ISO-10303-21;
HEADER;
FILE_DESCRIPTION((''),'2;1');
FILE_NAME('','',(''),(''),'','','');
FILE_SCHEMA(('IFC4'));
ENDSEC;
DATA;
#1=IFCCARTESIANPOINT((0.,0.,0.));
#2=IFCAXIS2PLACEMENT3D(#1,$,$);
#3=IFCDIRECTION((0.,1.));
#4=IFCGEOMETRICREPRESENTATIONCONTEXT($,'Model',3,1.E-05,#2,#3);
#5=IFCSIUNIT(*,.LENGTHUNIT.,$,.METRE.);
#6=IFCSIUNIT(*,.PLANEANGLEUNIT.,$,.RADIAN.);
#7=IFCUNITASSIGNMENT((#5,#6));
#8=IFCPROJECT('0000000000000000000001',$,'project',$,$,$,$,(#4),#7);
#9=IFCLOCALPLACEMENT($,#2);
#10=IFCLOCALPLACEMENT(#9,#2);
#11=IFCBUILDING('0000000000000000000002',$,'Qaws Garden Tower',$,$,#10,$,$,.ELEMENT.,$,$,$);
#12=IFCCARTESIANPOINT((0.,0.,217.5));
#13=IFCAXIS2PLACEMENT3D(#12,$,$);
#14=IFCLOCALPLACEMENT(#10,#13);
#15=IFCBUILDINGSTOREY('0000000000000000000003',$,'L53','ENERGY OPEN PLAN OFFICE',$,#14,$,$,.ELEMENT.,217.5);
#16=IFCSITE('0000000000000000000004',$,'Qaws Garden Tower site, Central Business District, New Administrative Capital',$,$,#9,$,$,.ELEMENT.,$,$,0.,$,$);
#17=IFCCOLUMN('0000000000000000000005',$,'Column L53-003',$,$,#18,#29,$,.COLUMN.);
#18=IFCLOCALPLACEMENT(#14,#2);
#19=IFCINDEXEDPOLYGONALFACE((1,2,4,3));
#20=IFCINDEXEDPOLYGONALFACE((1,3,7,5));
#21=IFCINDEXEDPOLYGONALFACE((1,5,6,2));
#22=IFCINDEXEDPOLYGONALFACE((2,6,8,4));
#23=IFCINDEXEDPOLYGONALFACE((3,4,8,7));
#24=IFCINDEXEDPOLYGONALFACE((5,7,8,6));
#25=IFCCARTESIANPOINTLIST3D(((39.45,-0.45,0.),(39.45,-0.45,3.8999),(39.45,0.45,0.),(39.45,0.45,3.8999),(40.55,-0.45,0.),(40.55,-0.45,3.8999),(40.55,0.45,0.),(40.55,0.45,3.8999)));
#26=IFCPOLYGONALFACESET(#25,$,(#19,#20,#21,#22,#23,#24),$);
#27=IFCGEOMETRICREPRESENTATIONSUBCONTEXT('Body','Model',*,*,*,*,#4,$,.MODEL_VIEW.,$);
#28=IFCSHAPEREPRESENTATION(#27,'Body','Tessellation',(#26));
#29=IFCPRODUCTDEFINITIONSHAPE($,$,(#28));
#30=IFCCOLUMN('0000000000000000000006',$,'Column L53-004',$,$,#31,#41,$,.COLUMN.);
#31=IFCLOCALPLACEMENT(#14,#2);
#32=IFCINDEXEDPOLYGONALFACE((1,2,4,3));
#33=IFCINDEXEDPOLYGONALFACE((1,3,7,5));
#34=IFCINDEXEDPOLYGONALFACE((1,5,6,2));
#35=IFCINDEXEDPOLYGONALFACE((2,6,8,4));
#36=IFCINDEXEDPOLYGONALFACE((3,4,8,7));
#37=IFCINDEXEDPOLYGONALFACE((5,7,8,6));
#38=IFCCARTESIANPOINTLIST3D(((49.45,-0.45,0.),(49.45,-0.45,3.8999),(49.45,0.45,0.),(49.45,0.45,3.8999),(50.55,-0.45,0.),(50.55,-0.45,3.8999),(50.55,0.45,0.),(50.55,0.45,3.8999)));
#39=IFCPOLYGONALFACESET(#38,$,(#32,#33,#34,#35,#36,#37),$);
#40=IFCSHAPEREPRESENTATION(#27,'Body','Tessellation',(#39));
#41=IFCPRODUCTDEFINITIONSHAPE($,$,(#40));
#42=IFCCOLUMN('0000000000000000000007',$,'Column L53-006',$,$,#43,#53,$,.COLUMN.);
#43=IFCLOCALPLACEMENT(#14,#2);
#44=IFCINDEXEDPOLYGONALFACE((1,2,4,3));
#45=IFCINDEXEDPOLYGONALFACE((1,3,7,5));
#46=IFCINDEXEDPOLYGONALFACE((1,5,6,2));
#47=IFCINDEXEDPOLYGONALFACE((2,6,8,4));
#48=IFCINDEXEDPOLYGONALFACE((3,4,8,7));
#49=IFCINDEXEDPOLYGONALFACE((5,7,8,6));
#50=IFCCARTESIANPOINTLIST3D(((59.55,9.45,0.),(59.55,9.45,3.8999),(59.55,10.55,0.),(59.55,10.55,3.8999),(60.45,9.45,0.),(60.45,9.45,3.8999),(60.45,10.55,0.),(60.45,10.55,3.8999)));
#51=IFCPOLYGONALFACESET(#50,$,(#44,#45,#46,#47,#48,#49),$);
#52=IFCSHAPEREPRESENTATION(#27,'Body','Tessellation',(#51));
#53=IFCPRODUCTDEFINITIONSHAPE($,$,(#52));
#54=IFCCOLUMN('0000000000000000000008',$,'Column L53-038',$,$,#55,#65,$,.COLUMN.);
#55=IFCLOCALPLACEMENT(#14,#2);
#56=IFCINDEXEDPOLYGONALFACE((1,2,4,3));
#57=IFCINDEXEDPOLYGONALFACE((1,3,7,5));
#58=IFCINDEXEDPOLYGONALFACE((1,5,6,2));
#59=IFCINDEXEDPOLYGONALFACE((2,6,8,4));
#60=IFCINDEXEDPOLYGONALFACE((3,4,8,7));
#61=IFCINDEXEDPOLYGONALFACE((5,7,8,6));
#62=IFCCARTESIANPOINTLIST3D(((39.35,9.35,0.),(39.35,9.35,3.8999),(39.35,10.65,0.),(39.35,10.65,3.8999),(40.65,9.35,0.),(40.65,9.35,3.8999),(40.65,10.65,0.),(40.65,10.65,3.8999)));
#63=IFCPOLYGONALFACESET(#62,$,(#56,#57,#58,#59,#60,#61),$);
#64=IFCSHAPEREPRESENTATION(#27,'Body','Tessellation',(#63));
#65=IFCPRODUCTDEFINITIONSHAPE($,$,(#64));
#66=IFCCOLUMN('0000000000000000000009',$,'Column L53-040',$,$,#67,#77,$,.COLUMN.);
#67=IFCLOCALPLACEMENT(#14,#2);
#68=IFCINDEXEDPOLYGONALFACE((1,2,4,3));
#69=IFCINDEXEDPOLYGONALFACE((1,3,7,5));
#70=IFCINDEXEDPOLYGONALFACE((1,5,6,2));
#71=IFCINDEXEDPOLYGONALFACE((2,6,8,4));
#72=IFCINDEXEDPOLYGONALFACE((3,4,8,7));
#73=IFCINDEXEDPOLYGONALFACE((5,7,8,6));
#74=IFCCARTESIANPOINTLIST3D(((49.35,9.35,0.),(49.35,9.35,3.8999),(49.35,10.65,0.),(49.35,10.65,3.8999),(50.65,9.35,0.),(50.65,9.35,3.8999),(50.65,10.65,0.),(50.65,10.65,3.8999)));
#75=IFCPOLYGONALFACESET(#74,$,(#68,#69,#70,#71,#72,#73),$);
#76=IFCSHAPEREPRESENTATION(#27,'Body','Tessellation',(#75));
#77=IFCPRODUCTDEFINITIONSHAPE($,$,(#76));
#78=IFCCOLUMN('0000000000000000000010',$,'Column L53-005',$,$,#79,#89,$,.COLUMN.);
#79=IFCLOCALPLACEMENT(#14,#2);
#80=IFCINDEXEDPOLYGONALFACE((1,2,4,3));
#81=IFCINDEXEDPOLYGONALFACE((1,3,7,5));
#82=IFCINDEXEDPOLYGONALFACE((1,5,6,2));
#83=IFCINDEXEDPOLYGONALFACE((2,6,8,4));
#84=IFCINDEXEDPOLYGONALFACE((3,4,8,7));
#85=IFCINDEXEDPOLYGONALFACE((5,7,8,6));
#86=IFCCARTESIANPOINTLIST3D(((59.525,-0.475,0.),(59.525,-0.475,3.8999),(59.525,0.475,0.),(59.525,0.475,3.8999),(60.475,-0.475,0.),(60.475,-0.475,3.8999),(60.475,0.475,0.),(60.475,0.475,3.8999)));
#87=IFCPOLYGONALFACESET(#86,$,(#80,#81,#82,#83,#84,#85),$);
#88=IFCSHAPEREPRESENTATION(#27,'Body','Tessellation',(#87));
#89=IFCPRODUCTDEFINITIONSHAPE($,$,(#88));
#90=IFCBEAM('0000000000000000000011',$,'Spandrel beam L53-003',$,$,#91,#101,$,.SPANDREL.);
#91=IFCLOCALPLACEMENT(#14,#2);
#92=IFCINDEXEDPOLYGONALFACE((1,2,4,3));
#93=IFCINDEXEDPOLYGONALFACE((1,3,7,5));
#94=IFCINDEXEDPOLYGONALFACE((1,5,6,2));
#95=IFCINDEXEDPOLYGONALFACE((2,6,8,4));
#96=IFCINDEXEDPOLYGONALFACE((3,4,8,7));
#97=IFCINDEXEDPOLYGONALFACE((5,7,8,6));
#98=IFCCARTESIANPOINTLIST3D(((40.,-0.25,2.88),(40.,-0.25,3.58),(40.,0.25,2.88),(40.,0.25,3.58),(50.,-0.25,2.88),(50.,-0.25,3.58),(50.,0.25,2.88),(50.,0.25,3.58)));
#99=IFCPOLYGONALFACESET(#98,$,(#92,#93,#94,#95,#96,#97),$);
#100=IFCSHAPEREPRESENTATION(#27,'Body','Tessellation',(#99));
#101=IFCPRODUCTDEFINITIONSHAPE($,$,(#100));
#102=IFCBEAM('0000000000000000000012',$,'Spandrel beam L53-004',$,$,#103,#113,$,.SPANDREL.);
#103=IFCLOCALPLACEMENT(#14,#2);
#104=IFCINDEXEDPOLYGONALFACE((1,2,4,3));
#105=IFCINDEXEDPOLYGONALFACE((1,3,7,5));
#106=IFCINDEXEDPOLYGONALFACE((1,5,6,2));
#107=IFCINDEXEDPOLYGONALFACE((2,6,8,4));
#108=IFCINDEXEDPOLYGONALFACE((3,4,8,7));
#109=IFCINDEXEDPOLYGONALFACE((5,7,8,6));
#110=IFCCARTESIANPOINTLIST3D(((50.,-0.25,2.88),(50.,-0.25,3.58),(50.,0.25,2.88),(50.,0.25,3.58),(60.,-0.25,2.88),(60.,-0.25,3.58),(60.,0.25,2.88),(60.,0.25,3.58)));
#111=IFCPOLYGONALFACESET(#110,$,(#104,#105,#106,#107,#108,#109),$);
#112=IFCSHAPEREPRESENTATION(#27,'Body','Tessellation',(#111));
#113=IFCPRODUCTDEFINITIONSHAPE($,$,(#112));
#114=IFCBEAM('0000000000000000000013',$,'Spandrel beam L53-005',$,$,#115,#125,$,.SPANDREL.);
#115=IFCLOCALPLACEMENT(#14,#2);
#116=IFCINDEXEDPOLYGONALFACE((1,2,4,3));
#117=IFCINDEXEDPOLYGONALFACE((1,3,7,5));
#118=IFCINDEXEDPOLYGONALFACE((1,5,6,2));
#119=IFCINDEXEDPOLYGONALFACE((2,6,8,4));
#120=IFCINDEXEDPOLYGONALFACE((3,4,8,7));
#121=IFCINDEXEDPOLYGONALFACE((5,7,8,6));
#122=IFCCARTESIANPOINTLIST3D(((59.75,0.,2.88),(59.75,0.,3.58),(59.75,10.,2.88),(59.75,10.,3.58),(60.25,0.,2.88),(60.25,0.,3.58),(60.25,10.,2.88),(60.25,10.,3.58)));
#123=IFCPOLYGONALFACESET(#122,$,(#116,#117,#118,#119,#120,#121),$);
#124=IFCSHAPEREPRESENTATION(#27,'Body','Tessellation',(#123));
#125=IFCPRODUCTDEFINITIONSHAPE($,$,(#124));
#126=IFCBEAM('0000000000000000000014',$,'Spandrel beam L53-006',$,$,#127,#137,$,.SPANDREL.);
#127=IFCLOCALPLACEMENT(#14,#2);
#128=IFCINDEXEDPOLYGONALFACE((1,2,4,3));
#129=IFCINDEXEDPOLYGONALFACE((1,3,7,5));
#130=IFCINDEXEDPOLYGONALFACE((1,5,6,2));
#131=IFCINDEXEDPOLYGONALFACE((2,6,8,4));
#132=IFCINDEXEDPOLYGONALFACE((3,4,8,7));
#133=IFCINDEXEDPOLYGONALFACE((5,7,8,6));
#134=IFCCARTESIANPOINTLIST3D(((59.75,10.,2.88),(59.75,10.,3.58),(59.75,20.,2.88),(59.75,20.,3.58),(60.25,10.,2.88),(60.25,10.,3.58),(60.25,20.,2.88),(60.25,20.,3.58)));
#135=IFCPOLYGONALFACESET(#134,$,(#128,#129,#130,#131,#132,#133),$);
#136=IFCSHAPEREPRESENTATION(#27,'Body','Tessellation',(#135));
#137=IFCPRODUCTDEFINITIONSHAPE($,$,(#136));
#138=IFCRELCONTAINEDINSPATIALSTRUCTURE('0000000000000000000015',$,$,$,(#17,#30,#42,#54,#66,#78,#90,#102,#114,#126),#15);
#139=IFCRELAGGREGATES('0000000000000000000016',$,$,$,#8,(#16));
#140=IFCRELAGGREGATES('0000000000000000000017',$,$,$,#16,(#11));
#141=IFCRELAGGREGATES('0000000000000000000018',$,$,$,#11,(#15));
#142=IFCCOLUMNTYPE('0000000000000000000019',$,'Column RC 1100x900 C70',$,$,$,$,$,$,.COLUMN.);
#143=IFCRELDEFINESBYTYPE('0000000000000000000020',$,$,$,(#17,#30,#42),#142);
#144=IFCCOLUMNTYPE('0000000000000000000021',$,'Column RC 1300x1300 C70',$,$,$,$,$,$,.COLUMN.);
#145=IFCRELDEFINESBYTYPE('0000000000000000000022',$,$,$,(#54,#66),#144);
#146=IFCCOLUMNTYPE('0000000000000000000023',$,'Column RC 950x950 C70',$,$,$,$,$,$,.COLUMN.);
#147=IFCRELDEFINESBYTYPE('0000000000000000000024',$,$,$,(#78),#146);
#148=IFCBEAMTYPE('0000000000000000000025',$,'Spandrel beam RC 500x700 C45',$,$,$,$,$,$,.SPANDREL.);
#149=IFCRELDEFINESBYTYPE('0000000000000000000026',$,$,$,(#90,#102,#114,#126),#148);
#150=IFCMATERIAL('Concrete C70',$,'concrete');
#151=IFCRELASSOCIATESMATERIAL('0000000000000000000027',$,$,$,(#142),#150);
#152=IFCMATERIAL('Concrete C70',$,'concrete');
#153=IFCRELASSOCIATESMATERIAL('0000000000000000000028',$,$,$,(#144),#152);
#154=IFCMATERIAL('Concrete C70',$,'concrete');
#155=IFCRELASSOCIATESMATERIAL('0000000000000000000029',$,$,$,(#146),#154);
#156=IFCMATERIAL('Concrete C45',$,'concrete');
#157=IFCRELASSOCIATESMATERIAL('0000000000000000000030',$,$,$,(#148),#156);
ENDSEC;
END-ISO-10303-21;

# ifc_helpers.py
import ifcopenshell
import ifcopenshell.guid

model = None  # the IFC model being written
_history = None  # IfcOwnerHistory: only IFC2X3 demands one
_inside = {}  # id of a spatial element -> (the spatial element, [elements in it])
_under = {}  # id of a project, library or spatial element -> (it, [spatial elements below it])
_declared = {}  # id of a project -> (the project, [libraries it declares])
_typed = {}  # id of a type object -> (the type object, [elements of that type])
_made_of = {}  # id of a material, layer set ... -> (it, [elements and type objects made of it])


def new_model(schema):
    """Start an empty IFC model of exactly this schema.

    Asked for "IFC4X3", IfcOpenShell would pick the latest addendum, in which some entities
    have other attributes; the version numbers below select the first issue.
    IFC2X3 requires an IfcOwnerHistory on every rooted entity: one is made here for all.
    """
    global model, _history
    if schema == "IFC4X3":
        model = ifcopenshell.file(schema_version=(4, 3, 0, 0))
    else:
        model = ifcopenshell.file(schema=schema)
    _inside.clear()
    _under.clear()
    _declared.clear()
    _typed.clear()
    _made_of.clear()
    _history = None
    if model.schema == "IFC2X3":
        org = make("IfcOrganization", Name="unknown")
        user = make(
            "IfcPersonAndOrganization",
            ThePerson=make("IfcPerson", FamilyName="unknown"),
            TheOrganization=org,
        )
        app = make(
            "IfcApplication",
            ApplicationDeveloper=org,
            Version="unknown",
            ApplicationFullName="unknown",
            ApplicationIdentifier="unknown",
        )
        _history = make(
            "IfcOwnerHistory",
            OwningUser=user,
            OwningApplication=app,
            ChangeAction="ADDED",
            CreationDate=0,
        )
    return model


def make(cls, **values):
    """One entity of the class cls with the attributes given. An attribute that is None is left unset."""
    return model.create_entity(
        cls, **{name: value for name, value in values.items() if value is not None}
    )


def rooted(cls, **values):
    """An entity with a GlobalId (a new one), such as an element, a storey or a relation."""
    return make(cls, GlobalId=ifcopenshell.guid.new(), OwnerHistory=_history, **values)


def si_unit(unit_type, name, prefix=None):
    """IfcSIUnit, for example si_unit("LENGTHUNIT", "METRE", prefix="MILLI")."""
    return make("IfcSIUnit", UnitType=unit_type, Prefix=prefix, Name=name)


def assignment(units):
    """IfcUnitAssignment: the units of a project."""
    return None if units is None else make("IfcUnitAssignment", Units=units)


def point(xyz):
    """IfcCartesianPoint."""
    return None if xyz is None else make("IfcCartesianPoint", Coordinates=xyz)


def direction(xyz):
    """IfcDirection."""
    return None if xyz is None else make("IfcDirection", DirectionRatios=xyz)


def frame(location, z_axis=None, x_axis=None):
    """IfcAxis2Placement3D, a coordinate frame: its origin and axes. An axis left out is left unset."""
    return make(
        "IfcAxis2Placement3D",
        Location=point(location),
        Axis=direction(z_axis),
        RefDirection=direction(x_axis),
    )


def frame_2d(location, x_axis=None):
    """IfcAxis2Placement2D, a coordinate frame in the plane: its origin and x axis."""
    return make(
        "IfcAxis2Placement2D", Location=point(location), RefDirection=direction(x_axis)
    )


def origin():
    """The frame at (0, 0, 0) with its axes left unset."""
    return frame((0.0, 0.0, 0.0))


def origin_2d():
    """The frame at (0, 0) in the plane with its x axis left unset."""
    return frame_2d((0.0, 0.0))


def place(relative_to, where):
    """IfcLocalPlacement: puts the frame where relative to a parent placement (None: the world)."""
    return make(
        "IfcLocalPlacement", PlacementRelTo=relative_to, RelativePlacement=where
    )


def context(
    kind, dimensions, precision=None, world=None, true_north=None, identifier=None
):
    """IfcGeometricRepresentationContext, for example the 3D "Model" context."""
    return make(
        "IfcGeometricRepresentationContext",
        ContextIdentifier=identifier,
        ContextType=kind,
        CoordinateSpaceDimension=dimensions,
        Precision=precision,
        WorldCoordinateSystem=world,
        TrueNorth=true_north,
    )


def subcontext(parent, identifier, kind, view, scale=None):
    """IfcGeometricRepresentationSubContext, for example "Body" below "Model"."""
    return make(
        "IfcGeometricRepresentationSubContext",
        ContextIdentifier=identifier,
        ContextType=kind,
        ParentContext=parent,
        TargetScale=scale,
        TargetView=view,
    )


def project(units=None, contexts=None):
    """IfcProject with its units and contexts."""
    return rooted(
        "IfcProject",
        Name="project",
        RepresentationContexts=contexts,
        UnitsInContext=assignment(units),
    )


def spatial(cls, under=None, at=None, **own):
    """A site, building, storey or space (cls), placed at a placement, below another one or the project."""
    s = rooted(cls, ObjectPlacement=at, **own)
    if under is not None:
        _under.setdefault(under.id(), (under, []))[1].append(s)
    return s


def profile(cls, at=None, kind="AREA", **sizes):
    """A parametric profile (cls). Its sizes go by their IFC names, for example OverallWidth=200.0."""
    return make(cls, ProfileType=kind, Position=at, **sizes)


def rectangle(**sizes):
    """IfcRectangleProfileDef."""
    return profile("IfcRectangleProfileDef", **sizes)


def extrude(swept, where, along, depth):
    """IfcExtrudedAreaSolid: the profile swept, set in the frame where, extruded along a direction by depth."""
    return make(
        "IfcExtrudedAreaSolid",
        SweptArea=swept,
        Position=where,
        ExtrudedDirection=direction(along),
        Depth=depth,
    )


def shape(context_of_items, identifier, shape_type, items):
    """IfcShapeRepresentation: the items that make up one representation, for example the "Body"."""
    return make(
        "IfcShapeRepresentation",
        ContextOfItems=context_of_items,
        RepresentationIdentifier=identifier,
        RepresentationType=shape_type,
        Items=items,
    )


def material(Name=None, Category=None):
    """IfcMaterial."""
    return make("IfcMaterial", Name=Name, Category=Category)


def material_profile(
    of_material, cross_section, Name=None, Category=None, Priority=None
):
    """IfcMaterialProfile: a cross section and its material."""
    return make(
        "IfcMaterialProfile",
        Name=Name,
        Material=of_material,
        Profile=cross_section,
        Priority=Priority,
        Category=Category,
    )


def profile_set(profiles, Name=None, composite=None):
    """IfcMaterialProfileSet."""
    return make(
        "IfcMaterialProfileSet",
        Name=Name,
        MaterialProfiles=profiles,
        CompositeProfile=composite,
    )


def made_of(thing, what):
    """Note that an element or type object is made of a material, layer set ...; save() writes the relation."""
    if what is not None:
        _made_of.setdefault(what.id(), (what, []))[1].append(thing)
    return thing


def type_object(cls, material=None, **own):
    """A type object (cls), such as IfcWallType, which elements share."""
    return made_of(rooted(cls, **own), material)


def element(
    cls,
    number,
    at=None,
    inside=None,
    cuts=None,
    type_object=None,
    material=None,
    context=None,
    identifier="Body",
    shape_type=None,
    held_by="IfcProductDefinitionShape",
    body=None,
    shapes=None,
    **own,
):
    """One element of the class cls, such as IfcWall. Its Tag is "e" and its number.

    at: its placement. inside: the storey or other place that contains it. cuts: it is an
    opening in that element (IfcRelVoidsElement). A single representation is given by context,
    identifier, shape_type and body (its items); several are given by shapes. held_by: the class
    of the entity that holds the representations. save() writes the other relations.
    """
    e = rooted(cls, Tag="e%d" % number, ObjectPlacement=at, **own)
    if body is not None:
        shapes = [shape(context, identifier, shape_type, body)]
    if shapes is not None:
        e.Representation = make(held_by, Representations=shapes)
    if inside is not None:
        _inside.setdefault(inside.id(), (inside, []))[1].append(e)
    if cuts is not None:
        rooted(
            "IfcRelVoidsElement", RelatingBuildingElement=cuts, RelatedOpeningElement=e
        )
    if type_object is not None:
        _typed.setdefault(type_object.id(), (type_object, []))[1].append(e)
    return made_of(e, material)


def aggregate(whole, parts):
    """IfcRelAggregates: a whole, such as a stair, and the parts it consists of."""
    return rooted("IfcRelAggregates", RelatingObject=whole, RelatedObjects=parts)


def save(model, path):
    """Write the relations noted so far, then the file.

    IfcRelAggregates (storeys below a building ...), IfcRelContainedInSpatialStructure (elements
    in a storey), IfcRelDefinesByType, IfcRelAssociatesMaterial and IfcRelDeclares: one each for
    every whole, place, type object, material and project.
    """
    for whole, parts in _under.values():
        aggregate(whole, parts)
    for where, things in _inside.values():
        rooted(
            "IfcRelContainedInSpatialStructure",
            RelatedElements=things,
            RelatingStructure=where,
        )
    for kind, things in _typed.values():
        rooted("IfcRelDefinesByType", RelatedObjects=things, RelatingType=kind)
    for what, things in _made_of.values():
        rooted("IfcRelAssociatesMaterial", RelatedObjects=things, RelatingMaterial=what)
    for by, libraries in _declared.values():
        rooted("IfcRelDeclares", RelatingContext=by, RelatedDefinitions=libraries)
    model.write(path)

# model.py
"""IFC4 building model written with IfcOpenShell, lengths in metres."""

from ifc_helpers import new_model, si_unit, direction, frame, origin, origin_2d, place, context, subcontext, project, spatial, rectangle, extrude, material, material_profile, profile_set, type_object, element, save


model = new_model("IFC4")

# Units and contexts
model_context = context("Model", 3, precision=1e-05, world=origin(), true_north=direction((0.0, 1.0)))
body_context = subcontext(model_context, "Body", "Model", "MODEL_VIEW")
ifc_project = project(units=[si_unit("LENGTHUNIT", "METRE"), si_unit("PLANEANGLEUNIT", "RADIAN")], contexts=[model_context])

# Site, building, storey
site_placement = place(None, origin())
site = spatial("IfcSite", under=ifc_project, at=site_placement, Name="Qaws Garden Tower site, Central Business District, New Administrative Capital", CompositionType="ELEMENT", RefElevation=0.0)
building_placement = place(site_placement, origin())
building = spatial("IfcBuilding", under=site, at=building_placement, Name="Qaws Garden Tower", CompositionType="ELEMENT")
storey_placement = place(building_placement, frame((0.0, 0.0, 217.5)))
storey = spatial("IfcBuildingStorey", under=building, at=storey_placement, Name="L53", Description="ENERGY OPEN PLAN OFFICE", CompositionType="ELEMENT", Elevation=217.5)

# Columns
ifc_material_1 = material(Name="Concrete C70", Category="concrete")
ifc_material_profile_1 = material_profile(ifc_material_1, rectangle(XDim=1.1001, YDim=0.8999, at=origin_2d()), Name="RC 1100x900")
ifc_profile_set_1 = profile_set([ifc_material_profile_1], Name="Concrete C70")
column_type_1 = type_object("IfcColumnType", Name="Column RC 1100x900 C70", PredefinedType="COLUMN", material=ifc_profile_set_1)
for number, where, z_axis, x_axis, name in (
    (1, (40.0, 0.0, 0.0), (0.0, 0.0, 1.0), (1.0, 0.0, 0.0), "Column L53-003"),
    (2, (50.0, 0.0, 0.0), (0.0, 0.0, 1.0), (1.0, 0.0, 0.0), "Column L53-004"),
    (3, (60.0, 10.0, 0.0), (0.0, 0.0, 1.0), (0.0, 1.0, 0.0), "Column L53-006"),
):
    element("IfcColumn", number, at=place(storey_placement, frame(where, z_axis=z_axis, x_axis=x_axis)), inside=storey, type_object=column_type_1, Name=name, PredefinedType="COLUMN", context=body_context, shape_type="SweptSolid", body=[
        extrude(rectangle(XDim=1.1001, YDim=0.8999, at=origin_2d()), origin(), (0.0, 0.0, 1.0), 3.8999),
    ])
ifc_material_2 = material(Name="Concrete C70", Category="concrete")
ifc_material_profile_2 = material_profile(ifc_material_2, rectangle(XDim=1.3, YDim=1.3, at=origin_2d()), Name="RC 1300x1300")
ifc_profile_set_2 = profile_set([ifc_material_profile_2], Name="Concrete C70")
column_type_2 = type_object("IfcColumnType", Name="Column RC 1300x1300 C70", PredefinedType="COLUMN", material=ifc_profile_set_2)
for number, where, z_axis, x_axis, name in (
    (4, (40.0, 10.0, 0.0), (0.0, 0.0, 1.0), (1.0, 0.0, 0.0), "Column L53-038"),
    (5, (50.0, 10.0, 0.0), (0.0, 0.0, 1.0), (1.0, 0.0, 0.0), "Column L53-040"),
):
    element("IfcColumn", number, at=place(storey_placement, frame(where, z_axis=z_axis, x_axis=x_axis)), inside=storey, type_object=column_type_2, Name=name, PredefinedType="COLUMN", context=body_context, shape_type="SweptSolid", body=[
        extrude(rectangle(XDim=1.3, YDim=1.3, at=origin_2d()), origin(), (0.0, 0.0, 1.0), 3.8999),
    ])
ifc_material_3 = material(Name="Concrete C70", Category="concrete")
ifc_material_profile_3 = material_profile(ifc_material_3, rectangle(XDim=0.95, YDim=0.95, at=origin_2d()), Name="RC 950x950")
ifc_profile_set_3 = profile_set([ifc_material_profile_3], Name="Concrete C70")
column_type_3 = type_object("IfcColumnType", Name="Column RC 950x950 C70", PredefinedType="COLUMN", material=ifc_profile_set_3)
column_placement = place(storey_placement, frame((60.0, 0.0, 0.0), z_axis=(0.0, 0.0, 1.0), x_axis=(1.0, 0.0, 0.0)))
element("IfcColumn", 6, at=column_placement, inside=storey, type_object=column_type_3, Name="Column L53-005", PredefinedType="COLUMN", context=body_context, shape_type="SweptSolid", body=[
    extrude(rectangle(XDim=0.95, YDim=0.95, at=origin_2d()), origin(), (0.0, 0.0, 1.0), 3.8999),
])

# Beams
ifc_material_4 = material(Name="Concrete C45", Category="concrete")
ifc_material_profile_4 = material_profile(ifc_material_4, rectangle(XDim=0.5, YDim=0.7, at=origin_2d()), Name="RC 500x700")
ifc_profile_set_4 = profile_set([ifc_material_profile_4], Name="Concrete C45")
beam_type = type_object("IfcBeamType", Name="Spandrel beam RC 500x700 C45", PredefinedType="SPANDREL", material=ifc_profile_set_4)
for number, where, z_axis, x_axis, name in (
    (7, (40.0, 0.0, 3.23), (1.0, 0.0, 0.0), (0.0, 1.0, 0.0), "Spandrel beam L53-003"),
    (8, (50.0, 0.0, 3.23), (1.0, 0.0, 0.0), (0.0, 1.0, 0.0), "Spandrel beam L53-004"),
    (9, (60.0, 0.0, 3.23), (0.0, 1.0, 0.0), (-1.0, 0.0, 0.0), "Spandrel beam L53-005"),
    (10, (60.0, 10.0, 3.23), (0.0, 1.0, 0.0), (-1.0, 0.0, 0.0), "Spandrel beam L53-006"),
):
    element("IfcBeam", number, at=place(storey_placement, frame(where, z_axis=z_axis, x_axis=x_axis)), inside=storey, type_object=beam_type, Name=name, PredefinedType="SPANDREL", context=body_context, shape_type="SweptSolid", body=[
        extrude(rectangle(XDim=0.5, YDim=0.7, at=origin_2d()), origin(), (0.0, 0.0, 1.0), 10.0),
    ])

save(model, "model.ifc")
